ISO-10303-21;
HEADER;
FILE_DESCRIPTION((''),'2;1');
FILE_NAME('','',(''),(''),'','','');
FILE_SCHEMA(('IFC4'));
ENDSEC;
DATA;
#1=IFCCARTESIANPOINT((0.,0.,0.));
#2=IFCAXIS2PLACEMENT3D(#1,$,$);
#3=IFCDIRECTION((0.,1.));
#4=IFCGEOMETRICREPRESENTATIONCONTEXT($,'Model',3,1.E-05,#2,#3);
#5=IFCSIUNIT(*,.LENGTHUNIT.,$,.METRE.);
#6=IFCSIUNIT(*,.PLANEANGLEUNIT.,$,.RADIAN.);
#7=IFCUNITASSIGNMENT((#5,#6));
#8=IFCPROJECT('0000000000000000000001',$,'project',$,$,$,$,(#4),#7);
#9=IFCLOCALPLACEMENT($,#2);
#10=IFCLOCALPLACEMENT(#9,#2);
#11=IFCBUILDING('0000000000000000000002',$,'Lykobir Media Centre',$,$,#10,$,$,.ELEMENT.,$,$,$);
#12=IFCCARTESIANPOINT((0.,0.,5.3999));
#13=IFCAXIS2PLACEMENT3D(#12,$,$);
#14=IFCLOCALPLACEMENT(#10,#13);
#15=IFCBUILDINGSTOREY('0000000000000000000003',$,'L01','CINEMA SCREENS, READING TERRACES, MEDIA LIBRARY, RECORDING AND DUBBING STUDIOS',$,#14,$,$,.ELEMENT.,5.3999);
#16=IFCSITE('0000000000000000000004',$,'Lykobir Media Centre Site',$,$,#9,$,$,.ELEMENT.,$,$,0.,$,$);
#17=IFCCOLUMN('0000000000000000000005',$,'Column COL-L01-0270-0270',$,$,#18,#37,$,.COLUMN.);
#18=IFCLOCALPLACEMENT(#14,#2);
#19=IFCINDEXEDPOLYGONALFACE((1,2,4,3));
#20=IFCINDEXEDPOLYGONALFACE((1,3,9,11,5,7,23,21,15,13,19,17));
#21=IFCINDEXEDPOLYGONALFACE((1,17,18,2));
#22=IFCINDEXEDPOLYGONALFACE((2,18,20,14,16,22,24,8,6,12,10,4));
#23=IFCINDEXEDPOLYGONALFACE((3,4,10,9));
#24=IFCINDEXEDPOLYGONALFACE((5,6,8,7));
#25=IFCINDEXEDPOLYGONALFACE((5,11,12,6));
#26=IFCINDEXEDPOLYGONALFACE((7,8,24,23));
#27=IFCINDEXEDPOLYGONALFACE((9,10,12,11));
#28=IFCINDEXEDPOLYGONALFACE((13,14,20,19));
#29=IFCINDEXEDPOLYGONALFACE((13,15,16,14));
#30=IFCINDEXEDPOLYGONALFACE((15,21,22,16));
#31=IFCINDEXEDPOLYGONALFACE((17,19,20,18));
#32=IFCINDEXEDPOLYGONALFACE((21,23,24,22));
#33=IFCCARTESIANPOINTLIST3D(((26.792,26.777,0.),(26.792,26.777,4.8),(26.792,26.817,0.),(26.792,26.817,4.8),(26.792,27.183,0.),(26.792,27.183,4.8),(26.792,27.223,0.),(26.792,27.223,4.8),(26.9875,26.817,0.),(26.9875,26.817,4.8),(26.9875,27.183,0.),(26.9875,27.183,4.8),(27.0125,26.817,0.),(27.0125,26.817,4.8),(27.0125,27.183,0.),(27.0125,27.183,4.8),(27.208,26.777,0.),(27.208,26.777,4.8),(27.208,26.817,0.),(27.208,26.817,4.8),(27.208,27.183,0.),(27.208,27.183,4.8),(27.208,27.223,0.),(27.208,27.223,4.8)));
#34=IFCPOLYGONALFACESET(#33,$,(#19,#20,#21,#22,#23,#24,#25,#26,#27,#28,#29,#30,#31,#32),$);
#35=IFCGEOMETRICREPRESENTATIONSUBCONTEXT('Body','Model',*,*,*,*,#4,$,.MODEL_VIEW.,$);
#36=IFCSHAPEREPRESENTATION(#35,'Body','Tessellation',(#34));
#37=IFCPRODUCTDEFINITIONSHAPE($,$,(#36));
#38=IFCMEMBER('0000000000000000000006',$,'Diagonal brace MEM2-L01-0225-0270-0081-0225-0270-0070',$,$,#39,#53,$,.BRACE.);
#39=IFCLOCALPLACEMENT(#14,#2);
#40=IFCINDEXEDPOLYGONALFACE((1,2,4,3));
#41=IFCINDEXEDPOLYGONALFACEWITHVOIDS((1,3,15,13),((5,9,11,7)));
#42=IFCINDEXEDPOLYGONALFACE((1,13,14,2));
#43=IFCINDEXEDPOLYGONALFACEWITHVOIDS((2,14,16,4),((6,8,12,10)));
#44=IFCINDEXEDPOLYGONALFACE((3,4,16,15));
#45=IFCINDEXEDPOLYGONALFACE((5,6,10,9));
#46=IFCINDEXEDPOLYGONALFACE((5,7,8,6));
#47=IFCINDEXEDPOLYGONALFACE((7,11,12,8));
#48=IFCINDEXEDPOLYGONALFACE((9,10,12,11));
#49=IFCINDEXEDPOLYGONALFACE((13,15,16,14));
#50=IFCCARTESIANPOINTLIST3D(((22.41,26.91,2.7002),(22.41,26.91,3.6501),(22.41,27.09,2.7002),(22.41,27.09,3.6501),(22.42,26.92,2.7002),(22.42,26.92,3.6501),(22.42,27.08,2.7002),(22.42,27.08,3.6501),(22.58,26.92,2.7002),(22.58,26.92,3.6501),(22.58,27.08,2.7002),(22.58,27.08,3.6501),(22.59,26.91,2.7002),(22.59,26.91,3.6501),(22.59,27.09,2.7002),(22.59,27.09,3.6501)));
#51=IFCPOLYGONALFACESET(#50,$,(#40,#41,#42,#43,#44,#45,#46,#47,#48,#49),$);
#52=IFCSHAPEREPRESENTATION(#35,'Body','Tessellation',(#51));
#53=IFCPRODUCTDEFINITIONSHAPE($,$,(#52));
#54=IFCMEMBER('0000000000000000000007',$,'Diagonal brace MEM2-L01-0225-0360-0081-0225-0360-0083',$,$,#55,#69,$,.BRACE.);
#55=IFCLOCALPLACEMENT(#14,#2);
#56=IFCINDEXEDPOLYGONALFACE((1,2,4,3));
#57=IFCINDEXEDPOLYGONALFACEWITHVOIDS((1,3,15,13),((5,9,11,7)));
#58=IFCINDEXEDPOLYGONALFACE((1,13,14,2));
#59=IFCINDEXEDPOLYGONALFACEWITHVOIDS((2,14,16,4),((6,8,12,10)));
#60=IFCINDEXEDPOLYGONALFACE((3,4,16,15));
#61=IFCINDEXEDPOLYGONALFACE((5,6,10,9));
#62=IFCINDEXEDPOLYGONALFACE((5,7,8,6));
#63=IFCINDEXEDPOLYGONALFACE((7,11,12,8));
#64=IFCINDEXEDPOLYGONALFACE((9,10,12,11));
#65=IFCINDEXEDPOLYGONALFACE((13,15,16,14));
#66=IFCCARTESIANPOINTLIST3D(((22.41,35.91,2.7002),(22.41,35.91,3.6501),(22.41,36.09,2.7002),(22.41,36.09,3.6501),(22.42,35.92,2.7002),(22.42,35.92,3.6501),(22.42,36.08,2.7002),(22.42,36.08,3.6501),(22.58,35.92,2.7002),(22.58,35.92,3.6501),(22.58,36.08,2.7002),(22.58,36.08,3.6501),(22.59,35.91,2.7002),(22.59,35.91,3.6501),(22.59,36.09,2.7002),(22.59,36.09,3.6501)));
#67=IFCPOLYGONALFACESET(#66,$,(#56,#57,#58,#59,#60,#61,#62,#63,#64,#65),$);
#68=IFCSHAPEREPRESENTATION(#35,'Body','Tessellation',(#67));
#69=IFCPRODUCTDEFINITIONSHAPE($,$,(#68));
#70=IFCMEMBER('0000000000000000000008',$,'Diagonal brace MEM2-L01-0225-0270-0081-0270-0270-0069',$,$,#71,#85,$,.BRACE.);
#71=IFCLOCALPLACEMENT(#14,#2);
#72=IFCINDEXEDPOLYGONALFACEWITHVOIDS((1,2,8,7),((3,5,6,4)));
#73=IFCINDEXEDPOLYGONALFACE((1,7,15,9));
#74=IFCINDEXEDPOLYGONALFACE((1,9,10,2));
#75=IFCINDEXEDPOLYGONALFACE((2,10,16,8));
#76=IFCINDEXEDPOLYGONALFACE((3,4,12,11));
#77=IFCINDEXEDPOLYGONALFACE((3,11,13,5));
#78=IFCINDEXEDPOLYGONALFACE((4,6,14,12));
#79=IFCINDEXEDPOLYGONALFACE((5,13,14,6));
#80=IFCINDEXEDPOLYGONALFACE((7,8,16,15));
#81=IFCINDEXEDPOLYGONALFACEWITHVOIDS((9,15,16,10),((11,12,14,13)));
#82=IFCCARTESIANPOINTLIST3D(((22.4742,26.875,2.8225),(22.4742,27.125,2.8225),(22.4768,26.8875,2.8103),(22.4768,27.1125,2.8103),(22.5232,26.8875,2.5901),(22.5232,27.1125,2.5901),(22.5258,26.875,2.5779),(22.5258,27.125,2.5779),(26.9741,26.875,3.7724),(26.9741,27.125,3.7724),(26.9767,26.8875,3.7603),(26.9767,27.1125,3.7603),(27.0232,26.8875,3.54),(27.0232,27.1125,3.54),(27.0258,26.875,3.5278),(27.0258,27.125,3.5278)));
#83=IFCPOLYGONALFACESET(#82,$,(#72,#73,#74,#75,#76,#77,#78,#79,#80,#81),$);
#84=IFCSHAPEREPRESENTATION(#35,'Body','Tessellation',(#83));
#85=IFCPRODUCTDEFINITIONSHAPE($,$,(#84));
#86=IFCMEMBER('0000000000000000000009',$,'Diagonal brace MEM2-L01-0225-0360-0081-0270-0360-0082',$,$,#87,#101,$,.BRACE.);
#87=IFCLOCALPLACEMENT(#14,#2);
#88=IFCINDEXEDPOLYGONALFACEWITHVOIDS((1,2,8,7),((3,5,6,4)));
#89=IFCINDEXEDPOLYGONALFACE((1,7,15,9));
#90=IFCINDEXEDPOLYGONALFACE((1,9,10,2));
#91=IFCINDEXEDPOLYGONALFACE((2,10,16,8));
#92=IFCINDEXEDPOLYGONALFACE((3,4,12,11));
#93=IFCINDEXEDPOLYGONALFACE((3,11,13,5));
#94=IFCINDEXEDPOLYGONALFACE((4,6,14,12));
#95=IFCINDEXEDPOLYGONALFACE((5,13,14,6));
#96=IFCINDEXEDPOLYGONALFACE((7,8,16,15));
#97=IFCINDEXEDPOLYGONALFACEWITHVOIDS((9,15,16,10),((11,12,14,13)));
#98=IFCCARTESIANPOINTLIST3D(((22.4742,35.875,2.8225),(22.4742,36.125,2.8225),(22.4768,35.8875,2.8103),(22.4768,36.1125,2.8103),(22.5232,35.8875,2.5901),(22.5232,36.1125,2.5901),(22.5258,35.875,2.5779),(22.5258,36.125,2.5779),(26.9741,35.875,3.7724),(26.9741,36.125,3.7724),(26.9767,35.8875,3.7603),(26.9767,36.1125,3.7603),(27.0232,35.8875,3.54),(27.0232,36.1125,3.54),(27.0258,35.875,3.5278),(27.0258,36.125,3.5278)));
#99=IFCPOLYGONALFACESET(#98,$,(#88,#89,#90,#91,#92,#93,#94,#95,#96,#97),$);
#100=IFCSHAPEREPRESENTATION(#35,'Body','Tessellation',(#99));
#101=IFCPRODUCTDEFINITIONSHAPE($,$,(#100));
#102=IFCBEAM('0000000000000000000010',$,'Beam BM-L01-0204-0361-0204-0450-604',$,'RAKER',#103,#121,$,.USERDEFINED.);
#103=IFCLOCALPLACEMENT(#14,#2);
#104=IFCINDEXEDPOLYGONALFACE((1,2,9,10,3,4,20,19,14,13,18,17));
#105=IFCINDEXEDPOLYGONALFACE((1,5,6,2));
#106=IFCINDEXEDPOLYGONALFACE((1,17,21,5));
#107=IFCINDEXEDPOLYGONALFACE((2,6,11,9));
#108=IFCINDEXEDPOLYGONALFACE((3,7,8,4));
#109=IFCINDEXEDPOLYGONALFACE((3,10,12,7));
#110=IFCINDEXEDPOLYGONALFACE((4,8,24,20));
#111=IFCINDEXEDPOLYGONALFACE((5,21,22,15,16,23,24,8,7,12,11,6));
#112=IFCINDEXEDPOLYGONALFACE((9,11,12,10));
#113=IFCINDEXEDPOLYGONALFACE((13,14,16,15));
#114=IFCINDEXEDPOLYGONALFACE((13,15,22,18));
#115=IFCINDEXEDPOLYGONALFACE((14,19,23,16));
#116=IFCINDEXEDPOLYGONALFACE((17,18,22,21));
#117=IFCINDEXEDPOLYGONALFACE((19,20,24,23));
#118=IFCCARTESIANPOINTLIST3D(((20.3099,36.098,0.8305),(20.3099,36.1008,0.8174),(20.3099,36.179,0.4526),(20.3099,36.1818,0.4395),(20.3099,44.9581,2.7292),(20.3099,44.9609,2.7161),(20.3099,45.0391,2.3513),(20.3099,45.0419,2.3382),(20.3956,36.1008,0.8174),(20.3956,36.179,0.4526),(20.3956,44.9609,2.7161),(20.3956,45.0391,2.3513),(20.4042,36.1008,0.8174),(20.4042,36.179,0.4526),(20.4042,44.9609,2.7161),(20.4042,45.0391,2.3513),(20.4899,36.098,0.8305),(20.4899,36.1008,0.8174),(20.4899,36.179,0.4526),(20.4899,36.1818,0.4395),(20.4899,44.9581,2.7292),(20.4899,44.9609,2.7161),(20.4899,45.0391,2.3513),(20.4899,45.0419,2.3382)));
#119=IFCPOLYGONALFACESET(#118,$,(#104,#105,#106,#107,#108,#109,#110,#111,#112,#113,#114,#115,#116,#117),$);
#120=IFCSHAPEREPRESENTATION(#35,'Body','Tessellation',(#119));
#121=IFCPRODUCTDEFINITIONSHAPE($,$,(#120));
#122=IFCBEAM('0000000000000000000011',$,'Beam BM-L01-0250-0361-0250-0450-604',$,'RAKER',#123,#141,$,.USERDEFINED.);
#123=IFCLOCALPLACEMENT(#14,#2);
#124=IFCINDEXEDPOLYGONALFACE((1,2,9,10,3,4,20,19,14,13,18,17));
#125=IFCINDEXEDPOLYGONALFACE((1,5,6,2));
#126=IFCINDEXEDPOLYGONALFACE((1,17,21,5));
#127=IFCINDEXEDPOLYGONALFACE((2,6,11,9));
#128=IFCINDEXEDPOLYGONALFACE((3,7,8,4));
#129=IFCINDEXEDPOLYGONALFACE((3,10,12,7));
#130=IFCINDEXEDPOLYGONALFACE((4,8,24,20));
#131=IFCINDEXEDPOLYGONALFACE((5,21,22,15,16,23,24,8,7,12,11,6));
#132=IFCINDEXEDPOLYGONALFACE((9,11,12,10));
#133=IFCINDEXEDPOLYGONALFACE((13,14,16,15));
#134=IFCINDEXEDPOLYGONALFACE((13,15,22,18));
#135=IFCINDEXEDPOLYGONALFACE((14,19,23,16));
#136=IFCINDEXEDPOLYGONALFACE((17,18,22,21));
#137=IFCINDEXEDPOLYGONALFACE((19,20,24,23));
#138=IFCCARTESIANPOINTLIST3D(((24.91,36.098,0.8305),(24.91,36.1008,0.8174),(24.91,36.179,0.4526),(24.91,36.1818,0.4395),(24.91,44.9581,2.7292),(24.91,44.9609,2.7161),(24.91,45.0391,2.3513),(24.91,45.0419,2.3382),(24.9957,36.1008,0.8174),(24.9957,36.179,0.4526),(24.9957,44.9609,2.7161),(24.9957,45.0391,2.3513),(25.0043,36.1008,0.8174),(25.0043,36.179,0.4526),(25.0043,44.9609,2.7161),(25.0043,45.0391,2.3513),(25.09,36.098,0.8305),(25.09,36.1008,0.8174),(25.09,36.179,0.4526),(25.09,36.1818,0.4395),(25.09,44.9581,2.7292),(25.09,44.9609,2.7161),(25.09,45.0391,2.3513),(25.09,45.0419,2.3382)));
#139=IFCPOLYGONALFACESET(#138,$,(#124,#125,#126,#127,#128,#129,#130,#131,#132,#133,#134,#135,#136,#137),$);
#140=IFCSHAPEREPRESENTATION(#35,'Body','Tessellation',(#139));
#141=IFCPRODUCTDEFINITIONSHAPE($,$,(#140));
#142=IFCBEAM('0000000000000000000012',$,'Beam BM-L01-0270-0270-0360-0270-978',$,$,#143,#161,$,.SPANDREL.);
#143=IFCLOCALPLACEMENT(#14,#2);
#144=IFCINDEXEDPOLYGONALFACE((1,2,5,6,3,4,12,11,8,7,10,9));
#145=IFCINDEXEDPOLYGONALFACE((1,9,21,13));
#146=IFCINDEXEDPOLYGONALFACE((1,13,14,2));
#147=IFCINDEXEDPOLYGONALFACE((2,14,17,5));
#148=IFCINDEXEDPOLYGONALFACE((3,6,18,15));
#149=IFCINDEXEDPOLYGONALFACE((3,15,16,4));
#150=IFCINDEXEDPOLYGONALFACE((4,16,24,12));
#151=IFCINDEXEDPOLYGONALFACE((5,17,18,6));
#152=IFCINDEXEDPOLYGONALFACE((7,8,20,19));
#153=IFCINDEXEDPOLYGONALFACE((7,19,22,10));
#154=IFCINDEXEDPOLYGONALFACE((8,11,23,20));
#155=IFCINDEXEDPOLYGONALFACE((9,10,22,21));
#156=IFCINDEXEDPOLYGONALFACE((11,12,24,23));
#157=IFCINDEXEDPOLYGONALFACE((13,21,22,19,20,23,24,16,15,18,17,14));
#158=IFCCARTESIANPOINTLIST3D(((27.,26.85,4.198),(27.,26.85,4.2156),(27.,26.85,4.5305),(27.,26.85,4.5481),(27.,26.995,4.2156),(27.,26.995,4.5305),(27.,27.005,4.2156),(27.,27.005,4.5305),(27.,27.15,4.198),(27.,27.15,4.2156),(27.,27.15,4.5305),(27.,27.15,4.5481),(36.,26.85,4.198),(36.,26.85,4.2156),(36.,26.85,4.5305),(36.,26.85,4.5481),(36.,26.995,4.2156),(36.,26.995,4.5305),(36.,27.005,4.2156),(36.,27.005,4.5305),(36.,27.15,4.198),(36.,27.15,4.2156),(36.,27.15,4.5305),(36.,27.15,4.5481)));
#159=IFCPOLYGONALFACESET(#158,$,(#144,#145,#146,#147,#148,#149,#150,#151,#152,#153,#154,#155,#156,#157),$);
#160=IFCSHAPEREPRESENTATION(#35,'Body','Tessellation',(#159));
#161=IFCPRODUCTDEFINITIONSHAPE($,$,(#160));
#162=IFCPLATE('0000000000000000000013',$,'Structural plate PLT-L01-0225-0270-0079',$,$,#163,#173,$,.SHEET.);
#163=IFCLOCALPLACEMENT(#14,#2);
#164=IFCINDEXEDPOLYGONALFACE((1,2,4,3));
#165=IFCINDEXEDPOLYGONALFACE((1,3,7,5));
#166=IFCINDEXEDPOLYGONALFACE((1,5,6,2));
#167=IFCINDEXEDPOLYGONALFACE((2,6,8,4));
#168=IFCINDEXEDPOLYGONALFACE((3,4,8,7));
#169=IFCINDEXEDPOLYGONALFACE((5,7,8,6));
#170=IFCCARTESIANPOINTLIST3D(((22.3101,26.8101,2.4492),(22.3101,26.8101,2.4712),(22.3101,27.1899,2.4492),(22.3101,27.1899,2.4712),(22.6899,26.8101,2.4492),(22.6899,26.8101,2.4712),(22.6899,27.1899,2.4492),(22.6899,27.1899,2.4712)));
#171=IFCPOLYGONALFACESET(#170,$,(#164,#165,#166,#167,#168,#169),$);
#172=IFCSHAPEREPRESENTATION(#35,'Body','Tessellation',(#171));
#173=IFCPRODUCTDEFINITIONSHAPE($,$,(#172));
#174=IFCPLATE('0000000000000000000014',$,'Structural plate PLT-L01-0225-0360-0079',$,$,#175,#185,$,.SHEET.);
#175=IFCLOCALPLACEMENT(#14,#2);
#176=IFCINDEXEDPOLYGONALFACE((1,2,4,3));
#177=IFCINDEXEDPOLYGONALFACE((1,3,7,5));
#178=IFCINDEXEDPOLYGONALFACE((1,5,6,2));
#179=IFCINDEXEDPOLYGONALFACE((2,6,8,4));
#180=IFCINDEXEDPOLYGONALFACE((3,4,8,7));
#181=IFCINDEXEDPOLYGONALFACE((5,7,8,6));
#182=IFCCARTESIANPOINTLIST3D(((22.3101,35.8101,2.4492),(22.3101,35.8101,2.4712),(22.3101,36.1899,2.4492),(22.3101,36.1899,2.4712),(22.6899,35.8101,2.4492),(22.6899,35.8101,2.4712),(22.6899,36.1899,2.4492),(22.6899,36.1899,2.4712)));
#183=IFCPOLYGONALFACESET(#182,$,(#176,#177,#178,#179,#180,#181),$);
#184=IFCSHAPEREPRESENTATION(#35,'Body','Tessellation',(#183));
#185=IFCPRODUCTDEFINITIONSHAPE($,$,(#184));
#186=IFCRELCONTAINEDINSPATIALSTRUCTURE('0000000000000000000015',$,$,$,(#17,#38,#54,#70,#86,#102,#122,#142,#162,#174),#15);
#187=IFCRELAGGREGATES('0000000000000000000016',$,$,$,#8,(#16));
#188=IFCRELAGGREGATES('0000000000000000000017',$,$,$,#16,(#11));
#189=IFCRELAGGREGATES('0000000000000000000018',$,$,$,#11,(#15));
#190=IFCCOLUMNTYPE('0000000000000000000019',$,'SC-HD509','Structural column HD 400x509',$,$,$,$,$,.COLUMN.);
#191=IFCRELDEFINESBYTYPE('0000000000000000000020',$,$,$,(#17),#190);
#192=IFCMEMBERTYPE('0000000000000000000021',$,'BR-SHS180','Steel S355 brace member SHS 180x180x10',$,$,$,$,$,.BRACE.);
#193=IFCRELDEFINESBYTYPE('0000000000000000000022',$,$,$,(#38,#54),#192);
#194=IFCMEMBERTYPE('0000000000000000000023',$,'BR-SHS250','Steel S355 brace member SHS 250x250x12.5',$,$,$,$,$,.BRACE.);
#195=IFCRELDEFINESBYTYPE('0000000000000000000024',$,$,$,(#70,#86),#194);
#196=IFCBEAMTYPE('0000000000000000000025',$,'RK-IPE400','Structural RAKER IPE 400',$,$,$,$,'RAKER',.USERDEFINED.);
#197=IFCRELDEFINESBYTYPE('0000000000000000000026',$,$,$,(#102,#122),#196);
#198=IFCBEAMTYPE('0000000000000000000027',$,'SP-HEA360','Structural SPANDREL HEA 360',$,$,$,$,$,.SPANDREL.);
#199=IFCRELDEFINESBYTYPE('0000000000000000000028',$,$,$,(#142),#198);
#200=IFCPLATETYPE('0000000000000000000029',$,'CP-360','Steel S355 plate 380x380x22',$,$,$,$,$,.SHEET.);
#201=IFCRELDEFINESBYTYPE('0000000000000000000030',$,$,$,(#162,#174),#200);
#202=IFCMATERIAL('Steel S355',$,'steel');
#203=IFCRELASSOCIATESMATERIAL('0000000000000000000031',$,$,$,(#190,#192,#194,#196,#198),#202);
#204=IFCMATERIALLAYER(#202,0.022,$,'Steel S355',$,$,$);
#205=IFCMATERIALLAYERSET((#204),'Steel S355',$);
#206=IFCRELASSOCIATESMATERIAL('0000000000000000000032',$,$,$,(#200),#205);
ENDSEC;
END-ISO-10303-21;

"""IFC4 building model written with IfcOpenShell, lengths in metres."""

from ifc_helpers import new_model, si_unit, direction, frame, origin, origin_2d, place, context, subcontext, project, spatial, rectangle, hollow_rectangle, i_section, extrude, material, layer, layer_set, material_profile, profile_set, type_object, element, save


model = new_model("IFC4")

# Units and contexts
model_context = context("Model", 3, precision=1e-05, world=origin(), true_north=direction((0.0, 1.0)))
body_context = subcontext(model_context, "Body", "Model", "MODEL_VIEW")
ifc_project = project(units=[si_unit("LENGTHUNIT", "METRE"), si_unit("PLANEANGLEUNIT", "RADIAN")], contexts=[model_context])

# Site, building, storey
site_placement = place(None, origin())
site = spatial("IfcSite", under=ifc_project, at=site_placement, Name="Lykobir Media Centre Site", CompositionType="ELEMENT", RefElevation=0.0)
building_placement = place(site_placement, origin())
building = spatial("IfcBuilding", under=site, at=building_placement, Name="Lykobir Media Centre", CompositionType="ELEMENT")
storey_placement = place(building_placement, frame((0.0, 0.0, 5.3999)))
storey = spatial("IfcBuildingStorey", under=building, at=storey_placement, Name="L01", Description="CINEMA SCREENS, READING TERRACES, MEDIA LIBRARY, RECORDING AND DUBBING STUDIOS", CompositionType="ELEMENT", Elevation=5.3999)

# Column
ifc_material = material(Name="Steel S355", Category="steel")
ifc_material_profile_1 = material_profile(ifc_material, i_section(OverallWidth=0.416, OverallDepth=0.446, WebThickness=0.0249, FlangeThickness=0.04, at=origin_2d()), Name="HD 400x509")
ifc_profile_set_1 = profile_set([ifc_material_profile_1], Name="Steel S355")
column_type = type_object("IfcColumnType", Name="SC-HD509", Description="Structural column HD 400x509", PredefinedType="COLUMN", material=ifc_profile_set_1)
column_placement = place(storey_placement, frame((27.0, 27.0, 0.0), z_axis=(0.0, 0.0, 1.0), x_axis=(1.0, 0.0, 0.0)))
element("IfcColumn", 1, at=column_placement, inside=storey, type_object=column_type, Name="Column COL-L01-0270-0270", PredefinedType="COLUMN", context=body_context, shape_type="SweptSolid", body=[
    extrude(i_section(OverallWidth=0.416, OverallDepth=0.446, WebThickness=0.0249, FlangeThickness=0.04, at=origin_2d()), origin(), (0.0, 0.0, 1.0), 4.8),
])

# Members
ifc_material_profile_2 = material_profile(ifc_material, hollow_rectangle(XDim=0.1799, YDim=0.1799, WallThickness=0.01, at=origin_2d()), Name="SHS 180x180x10")
ifc_profile_set_2 = profile_set([ifc_material_profile_2], Name="Steel S355")
member_type_1 = type_object("IfcMemberType", Name="BR-SHS180", Description="Steel S355 brace member SHS 180x180x10", PredefinedType="BRACE", material=ifc_profile_set_2)
for number, where, z_axis, x_axis, name in (
    (2, (22.5, 27.0, 2.7002), (0.0, 0.0, 1.0), (1.0, 0.0, 0.0), "Diagonal brace MEM2-L01-0225-0270-0081-0225-0270-0070"),
    (3, (22.5, 36.0, 2.7002), (0.0, 0.0, 1.0), (1.0, 0.0, 0.0), "Diagonal brace MEM2-L01-0225-0360-0081-0225-0360-0083"),
):
    element("IfcMember", number, at=place(storey_placement, frame(where, z_axis=z_axis, x_axis=x_axis)), inside=storey, type_object=member_type_1, Name=name, PredefinedType="BRACE", context=body_context, shape_type="SweptSolid", body=[
        extrude(hollow_rectangle(XDim=0.1799, YDim=0.1799, WallThickness=0.01, at=origin_2d()), origin(), (0.0, 0.0, 1.0), 0.95),
    ])
ifc_material_profile_3 = material_profile(ifc_material, hollow_rectangle(XDim=0.25, YDim=0.25, WallThickness=0.0125, at=origin_2d()), Name="SHS 250x250x12.5")
ifc_profile_set_3 = profile_set([ifc_material_profile_3], Name="Steel S355")
member_type_2 = type_object("IfcMemberType", Name="BR-SHS250", Description="Steel S355 brace member SHS 250x250x12.5", PredefinedType="BRACE", material=ifc_profile_set_3)
for number, where, z_axis, x_axis, name in (
    (4, (22.5, 27.0, 2.7002), (0.978436, 0.0, 0.206548), (0.0, 1.0, 0.0), "Diagonal brace MEM2-L01-0225-0270-0081-0270-0270-0069"),
    (5, (22.5, 36.0, 2.7002), (0.978436, 0.0, 0.206548), (0.0, 1.0, 0.0), "Diagonal brace MEM2-L01-0225-0360-0081-0270-0360-0082"),
):
    element("IfcMember", number, at=place(storey_placement, frame(where, z_axis=z_axis, x_axis=x_axis)), inside=storey, type_object=member_type_2, Name=name, PredefinedType="BRACE", context=body_context, shape_type="SweptSolid", body=[
        extrude(hollow_rectangle(XDim=0.25, YDim=0.25, WallThickness=0.0125, at=origin_2d()), origin(), (0.0, 0.0, 1.0), 4.5991),
    ])

# Beams
ifc_material_profile_4 = material_profile(ifc_material, i_section(OverallWidth=0.1799, OverallDepth=0.3999, WebThickness=0.0085, FlangeThickness=0.0134, at=origin_2d()), Name="IPE 400")
ifc_profile_set_4 = profile_set([ifc_material_profile_4], Name="Steel S355")
beam_type_1 = type_object("IfcBeamType", Name="RK-IPE400", Description="Structural RAKER IPE 400", ElementType="RAKER", PredefinedType="USERDEFINED", material=ifc_profile_set_4)
for number, where, z_axis, x_axis, name in (
    (6, (20.3999, 36.1399, 0.635), (0.0, 0.9778, 0.209538), (-1.0, 0.0, 0.0), "Beam BM-L01-0204-0361-0204-0450-604"),
    (7, (25.0, 36.1399, 0.635), (0.0, 0.9778, 0.209538), (-1.0, 0.0, 0.0), "Beam BM-L01-0250-0361-0250-0450-604"),
):
    element("IfcBeam", number, at=place(storey_placement, frame(where, z_axis=z_axis, x_axis=x_axis)), inside=storey, type_object=beam_type_1, Name=name, ObjectType="RAKER", PredefinedType="USERDEFINED", context=body_context, shape_type="SweptSolid", body=[
        extrude(i_section(OverallWidth=0.1799, OverallDepth=0.3999, WebThickness=0.0085, FlangeThickness=0.0134, at=origin_2d()), origin(), (0.0, 0.0, 1.0), 9.0613),
    ])
ifc_material_profile_5 = material_profile(ifc_material, i_section(OverallWidth=0.3, OverallDepth=0.3501, WebThickness=0.01, FlangeThickness=0.0176, at=origin_2d()), Name="HEA 360")
ifc_profile_set_5 = profile_set([ifc_material_profile_5], Name="Steel S355")
beam_type_2 = type_object("IfcBeamType", Name="SP-HEA360", Description="Structural SPANDREL HEA 360", PredefinedType="SPANDREL", material=ifc_profile_set_5)
beam_placement = place(storey_placement, frame((27.0, 27.0, 4.373), z_axis=(1.0, 0.0, 0.0), x_axis=(0.0, 1.0, 0.0)))
element("IfcBeam", 8, at=beam_placement, inside=storey, type_object=beam_type_2, Name="Beam BM-L01-0270-0270-0360-0270-978", PredefinedType="SPANDREL", context=body_context, shape_type="SweptSolid", body=[
    extrude(i_section(OverallWidth=0.3, OverallDepth=0.3501, WebThickness=0.01, FlangeThickness=0.0176, at=origin_2d()), origin(), (0.0, 0.0, 1.0), 9.0),
])

# Plates
ifc_layer_1 = layer(ifc_material, 0.022, Name="Steel S355")
ifc_layer_set_1 = layer_set([ifc_layer_1], Name="Steel S355")
plate_type_1 = type_object("IfcPlateType", Name="CP-360", Description="Steel S355 plate 380x380x22", PredefinedType="SHEET", material=ifc_layer_set_1)
for number, where, z_axis, x_axis, name in (
    (9, (22.5, 27.0, 2.4492), (0.0, 0.0, 1.0), (1.0, 0.0, 0.0), "Structural plate PLT-L01-0225-0270-0079"),
    (10, (22.5, 36.0, 2.4492), (0.0, 0.0, 1.0), (1.0, 0.0, 0.0), "Structural plate PLT-L01-0225-0360-0079"),
):
    element("IfcPlate", number, at=place(storey_placement, frame(where, z_axis=z_axis, x_axis=x_axis)), inside=storey, type_object=plate_type_1, Name=name, PredefinedType="SHEET", context=body_context, shape_type="SweptSolid", body=[
        extrude(rectangle(XDim=0.3799, YDim=0.3799, at=origin_2d()), origin(), (0.0, 0.0, 1.0), 0.022),
    ])

save(model, "model.ifc")
